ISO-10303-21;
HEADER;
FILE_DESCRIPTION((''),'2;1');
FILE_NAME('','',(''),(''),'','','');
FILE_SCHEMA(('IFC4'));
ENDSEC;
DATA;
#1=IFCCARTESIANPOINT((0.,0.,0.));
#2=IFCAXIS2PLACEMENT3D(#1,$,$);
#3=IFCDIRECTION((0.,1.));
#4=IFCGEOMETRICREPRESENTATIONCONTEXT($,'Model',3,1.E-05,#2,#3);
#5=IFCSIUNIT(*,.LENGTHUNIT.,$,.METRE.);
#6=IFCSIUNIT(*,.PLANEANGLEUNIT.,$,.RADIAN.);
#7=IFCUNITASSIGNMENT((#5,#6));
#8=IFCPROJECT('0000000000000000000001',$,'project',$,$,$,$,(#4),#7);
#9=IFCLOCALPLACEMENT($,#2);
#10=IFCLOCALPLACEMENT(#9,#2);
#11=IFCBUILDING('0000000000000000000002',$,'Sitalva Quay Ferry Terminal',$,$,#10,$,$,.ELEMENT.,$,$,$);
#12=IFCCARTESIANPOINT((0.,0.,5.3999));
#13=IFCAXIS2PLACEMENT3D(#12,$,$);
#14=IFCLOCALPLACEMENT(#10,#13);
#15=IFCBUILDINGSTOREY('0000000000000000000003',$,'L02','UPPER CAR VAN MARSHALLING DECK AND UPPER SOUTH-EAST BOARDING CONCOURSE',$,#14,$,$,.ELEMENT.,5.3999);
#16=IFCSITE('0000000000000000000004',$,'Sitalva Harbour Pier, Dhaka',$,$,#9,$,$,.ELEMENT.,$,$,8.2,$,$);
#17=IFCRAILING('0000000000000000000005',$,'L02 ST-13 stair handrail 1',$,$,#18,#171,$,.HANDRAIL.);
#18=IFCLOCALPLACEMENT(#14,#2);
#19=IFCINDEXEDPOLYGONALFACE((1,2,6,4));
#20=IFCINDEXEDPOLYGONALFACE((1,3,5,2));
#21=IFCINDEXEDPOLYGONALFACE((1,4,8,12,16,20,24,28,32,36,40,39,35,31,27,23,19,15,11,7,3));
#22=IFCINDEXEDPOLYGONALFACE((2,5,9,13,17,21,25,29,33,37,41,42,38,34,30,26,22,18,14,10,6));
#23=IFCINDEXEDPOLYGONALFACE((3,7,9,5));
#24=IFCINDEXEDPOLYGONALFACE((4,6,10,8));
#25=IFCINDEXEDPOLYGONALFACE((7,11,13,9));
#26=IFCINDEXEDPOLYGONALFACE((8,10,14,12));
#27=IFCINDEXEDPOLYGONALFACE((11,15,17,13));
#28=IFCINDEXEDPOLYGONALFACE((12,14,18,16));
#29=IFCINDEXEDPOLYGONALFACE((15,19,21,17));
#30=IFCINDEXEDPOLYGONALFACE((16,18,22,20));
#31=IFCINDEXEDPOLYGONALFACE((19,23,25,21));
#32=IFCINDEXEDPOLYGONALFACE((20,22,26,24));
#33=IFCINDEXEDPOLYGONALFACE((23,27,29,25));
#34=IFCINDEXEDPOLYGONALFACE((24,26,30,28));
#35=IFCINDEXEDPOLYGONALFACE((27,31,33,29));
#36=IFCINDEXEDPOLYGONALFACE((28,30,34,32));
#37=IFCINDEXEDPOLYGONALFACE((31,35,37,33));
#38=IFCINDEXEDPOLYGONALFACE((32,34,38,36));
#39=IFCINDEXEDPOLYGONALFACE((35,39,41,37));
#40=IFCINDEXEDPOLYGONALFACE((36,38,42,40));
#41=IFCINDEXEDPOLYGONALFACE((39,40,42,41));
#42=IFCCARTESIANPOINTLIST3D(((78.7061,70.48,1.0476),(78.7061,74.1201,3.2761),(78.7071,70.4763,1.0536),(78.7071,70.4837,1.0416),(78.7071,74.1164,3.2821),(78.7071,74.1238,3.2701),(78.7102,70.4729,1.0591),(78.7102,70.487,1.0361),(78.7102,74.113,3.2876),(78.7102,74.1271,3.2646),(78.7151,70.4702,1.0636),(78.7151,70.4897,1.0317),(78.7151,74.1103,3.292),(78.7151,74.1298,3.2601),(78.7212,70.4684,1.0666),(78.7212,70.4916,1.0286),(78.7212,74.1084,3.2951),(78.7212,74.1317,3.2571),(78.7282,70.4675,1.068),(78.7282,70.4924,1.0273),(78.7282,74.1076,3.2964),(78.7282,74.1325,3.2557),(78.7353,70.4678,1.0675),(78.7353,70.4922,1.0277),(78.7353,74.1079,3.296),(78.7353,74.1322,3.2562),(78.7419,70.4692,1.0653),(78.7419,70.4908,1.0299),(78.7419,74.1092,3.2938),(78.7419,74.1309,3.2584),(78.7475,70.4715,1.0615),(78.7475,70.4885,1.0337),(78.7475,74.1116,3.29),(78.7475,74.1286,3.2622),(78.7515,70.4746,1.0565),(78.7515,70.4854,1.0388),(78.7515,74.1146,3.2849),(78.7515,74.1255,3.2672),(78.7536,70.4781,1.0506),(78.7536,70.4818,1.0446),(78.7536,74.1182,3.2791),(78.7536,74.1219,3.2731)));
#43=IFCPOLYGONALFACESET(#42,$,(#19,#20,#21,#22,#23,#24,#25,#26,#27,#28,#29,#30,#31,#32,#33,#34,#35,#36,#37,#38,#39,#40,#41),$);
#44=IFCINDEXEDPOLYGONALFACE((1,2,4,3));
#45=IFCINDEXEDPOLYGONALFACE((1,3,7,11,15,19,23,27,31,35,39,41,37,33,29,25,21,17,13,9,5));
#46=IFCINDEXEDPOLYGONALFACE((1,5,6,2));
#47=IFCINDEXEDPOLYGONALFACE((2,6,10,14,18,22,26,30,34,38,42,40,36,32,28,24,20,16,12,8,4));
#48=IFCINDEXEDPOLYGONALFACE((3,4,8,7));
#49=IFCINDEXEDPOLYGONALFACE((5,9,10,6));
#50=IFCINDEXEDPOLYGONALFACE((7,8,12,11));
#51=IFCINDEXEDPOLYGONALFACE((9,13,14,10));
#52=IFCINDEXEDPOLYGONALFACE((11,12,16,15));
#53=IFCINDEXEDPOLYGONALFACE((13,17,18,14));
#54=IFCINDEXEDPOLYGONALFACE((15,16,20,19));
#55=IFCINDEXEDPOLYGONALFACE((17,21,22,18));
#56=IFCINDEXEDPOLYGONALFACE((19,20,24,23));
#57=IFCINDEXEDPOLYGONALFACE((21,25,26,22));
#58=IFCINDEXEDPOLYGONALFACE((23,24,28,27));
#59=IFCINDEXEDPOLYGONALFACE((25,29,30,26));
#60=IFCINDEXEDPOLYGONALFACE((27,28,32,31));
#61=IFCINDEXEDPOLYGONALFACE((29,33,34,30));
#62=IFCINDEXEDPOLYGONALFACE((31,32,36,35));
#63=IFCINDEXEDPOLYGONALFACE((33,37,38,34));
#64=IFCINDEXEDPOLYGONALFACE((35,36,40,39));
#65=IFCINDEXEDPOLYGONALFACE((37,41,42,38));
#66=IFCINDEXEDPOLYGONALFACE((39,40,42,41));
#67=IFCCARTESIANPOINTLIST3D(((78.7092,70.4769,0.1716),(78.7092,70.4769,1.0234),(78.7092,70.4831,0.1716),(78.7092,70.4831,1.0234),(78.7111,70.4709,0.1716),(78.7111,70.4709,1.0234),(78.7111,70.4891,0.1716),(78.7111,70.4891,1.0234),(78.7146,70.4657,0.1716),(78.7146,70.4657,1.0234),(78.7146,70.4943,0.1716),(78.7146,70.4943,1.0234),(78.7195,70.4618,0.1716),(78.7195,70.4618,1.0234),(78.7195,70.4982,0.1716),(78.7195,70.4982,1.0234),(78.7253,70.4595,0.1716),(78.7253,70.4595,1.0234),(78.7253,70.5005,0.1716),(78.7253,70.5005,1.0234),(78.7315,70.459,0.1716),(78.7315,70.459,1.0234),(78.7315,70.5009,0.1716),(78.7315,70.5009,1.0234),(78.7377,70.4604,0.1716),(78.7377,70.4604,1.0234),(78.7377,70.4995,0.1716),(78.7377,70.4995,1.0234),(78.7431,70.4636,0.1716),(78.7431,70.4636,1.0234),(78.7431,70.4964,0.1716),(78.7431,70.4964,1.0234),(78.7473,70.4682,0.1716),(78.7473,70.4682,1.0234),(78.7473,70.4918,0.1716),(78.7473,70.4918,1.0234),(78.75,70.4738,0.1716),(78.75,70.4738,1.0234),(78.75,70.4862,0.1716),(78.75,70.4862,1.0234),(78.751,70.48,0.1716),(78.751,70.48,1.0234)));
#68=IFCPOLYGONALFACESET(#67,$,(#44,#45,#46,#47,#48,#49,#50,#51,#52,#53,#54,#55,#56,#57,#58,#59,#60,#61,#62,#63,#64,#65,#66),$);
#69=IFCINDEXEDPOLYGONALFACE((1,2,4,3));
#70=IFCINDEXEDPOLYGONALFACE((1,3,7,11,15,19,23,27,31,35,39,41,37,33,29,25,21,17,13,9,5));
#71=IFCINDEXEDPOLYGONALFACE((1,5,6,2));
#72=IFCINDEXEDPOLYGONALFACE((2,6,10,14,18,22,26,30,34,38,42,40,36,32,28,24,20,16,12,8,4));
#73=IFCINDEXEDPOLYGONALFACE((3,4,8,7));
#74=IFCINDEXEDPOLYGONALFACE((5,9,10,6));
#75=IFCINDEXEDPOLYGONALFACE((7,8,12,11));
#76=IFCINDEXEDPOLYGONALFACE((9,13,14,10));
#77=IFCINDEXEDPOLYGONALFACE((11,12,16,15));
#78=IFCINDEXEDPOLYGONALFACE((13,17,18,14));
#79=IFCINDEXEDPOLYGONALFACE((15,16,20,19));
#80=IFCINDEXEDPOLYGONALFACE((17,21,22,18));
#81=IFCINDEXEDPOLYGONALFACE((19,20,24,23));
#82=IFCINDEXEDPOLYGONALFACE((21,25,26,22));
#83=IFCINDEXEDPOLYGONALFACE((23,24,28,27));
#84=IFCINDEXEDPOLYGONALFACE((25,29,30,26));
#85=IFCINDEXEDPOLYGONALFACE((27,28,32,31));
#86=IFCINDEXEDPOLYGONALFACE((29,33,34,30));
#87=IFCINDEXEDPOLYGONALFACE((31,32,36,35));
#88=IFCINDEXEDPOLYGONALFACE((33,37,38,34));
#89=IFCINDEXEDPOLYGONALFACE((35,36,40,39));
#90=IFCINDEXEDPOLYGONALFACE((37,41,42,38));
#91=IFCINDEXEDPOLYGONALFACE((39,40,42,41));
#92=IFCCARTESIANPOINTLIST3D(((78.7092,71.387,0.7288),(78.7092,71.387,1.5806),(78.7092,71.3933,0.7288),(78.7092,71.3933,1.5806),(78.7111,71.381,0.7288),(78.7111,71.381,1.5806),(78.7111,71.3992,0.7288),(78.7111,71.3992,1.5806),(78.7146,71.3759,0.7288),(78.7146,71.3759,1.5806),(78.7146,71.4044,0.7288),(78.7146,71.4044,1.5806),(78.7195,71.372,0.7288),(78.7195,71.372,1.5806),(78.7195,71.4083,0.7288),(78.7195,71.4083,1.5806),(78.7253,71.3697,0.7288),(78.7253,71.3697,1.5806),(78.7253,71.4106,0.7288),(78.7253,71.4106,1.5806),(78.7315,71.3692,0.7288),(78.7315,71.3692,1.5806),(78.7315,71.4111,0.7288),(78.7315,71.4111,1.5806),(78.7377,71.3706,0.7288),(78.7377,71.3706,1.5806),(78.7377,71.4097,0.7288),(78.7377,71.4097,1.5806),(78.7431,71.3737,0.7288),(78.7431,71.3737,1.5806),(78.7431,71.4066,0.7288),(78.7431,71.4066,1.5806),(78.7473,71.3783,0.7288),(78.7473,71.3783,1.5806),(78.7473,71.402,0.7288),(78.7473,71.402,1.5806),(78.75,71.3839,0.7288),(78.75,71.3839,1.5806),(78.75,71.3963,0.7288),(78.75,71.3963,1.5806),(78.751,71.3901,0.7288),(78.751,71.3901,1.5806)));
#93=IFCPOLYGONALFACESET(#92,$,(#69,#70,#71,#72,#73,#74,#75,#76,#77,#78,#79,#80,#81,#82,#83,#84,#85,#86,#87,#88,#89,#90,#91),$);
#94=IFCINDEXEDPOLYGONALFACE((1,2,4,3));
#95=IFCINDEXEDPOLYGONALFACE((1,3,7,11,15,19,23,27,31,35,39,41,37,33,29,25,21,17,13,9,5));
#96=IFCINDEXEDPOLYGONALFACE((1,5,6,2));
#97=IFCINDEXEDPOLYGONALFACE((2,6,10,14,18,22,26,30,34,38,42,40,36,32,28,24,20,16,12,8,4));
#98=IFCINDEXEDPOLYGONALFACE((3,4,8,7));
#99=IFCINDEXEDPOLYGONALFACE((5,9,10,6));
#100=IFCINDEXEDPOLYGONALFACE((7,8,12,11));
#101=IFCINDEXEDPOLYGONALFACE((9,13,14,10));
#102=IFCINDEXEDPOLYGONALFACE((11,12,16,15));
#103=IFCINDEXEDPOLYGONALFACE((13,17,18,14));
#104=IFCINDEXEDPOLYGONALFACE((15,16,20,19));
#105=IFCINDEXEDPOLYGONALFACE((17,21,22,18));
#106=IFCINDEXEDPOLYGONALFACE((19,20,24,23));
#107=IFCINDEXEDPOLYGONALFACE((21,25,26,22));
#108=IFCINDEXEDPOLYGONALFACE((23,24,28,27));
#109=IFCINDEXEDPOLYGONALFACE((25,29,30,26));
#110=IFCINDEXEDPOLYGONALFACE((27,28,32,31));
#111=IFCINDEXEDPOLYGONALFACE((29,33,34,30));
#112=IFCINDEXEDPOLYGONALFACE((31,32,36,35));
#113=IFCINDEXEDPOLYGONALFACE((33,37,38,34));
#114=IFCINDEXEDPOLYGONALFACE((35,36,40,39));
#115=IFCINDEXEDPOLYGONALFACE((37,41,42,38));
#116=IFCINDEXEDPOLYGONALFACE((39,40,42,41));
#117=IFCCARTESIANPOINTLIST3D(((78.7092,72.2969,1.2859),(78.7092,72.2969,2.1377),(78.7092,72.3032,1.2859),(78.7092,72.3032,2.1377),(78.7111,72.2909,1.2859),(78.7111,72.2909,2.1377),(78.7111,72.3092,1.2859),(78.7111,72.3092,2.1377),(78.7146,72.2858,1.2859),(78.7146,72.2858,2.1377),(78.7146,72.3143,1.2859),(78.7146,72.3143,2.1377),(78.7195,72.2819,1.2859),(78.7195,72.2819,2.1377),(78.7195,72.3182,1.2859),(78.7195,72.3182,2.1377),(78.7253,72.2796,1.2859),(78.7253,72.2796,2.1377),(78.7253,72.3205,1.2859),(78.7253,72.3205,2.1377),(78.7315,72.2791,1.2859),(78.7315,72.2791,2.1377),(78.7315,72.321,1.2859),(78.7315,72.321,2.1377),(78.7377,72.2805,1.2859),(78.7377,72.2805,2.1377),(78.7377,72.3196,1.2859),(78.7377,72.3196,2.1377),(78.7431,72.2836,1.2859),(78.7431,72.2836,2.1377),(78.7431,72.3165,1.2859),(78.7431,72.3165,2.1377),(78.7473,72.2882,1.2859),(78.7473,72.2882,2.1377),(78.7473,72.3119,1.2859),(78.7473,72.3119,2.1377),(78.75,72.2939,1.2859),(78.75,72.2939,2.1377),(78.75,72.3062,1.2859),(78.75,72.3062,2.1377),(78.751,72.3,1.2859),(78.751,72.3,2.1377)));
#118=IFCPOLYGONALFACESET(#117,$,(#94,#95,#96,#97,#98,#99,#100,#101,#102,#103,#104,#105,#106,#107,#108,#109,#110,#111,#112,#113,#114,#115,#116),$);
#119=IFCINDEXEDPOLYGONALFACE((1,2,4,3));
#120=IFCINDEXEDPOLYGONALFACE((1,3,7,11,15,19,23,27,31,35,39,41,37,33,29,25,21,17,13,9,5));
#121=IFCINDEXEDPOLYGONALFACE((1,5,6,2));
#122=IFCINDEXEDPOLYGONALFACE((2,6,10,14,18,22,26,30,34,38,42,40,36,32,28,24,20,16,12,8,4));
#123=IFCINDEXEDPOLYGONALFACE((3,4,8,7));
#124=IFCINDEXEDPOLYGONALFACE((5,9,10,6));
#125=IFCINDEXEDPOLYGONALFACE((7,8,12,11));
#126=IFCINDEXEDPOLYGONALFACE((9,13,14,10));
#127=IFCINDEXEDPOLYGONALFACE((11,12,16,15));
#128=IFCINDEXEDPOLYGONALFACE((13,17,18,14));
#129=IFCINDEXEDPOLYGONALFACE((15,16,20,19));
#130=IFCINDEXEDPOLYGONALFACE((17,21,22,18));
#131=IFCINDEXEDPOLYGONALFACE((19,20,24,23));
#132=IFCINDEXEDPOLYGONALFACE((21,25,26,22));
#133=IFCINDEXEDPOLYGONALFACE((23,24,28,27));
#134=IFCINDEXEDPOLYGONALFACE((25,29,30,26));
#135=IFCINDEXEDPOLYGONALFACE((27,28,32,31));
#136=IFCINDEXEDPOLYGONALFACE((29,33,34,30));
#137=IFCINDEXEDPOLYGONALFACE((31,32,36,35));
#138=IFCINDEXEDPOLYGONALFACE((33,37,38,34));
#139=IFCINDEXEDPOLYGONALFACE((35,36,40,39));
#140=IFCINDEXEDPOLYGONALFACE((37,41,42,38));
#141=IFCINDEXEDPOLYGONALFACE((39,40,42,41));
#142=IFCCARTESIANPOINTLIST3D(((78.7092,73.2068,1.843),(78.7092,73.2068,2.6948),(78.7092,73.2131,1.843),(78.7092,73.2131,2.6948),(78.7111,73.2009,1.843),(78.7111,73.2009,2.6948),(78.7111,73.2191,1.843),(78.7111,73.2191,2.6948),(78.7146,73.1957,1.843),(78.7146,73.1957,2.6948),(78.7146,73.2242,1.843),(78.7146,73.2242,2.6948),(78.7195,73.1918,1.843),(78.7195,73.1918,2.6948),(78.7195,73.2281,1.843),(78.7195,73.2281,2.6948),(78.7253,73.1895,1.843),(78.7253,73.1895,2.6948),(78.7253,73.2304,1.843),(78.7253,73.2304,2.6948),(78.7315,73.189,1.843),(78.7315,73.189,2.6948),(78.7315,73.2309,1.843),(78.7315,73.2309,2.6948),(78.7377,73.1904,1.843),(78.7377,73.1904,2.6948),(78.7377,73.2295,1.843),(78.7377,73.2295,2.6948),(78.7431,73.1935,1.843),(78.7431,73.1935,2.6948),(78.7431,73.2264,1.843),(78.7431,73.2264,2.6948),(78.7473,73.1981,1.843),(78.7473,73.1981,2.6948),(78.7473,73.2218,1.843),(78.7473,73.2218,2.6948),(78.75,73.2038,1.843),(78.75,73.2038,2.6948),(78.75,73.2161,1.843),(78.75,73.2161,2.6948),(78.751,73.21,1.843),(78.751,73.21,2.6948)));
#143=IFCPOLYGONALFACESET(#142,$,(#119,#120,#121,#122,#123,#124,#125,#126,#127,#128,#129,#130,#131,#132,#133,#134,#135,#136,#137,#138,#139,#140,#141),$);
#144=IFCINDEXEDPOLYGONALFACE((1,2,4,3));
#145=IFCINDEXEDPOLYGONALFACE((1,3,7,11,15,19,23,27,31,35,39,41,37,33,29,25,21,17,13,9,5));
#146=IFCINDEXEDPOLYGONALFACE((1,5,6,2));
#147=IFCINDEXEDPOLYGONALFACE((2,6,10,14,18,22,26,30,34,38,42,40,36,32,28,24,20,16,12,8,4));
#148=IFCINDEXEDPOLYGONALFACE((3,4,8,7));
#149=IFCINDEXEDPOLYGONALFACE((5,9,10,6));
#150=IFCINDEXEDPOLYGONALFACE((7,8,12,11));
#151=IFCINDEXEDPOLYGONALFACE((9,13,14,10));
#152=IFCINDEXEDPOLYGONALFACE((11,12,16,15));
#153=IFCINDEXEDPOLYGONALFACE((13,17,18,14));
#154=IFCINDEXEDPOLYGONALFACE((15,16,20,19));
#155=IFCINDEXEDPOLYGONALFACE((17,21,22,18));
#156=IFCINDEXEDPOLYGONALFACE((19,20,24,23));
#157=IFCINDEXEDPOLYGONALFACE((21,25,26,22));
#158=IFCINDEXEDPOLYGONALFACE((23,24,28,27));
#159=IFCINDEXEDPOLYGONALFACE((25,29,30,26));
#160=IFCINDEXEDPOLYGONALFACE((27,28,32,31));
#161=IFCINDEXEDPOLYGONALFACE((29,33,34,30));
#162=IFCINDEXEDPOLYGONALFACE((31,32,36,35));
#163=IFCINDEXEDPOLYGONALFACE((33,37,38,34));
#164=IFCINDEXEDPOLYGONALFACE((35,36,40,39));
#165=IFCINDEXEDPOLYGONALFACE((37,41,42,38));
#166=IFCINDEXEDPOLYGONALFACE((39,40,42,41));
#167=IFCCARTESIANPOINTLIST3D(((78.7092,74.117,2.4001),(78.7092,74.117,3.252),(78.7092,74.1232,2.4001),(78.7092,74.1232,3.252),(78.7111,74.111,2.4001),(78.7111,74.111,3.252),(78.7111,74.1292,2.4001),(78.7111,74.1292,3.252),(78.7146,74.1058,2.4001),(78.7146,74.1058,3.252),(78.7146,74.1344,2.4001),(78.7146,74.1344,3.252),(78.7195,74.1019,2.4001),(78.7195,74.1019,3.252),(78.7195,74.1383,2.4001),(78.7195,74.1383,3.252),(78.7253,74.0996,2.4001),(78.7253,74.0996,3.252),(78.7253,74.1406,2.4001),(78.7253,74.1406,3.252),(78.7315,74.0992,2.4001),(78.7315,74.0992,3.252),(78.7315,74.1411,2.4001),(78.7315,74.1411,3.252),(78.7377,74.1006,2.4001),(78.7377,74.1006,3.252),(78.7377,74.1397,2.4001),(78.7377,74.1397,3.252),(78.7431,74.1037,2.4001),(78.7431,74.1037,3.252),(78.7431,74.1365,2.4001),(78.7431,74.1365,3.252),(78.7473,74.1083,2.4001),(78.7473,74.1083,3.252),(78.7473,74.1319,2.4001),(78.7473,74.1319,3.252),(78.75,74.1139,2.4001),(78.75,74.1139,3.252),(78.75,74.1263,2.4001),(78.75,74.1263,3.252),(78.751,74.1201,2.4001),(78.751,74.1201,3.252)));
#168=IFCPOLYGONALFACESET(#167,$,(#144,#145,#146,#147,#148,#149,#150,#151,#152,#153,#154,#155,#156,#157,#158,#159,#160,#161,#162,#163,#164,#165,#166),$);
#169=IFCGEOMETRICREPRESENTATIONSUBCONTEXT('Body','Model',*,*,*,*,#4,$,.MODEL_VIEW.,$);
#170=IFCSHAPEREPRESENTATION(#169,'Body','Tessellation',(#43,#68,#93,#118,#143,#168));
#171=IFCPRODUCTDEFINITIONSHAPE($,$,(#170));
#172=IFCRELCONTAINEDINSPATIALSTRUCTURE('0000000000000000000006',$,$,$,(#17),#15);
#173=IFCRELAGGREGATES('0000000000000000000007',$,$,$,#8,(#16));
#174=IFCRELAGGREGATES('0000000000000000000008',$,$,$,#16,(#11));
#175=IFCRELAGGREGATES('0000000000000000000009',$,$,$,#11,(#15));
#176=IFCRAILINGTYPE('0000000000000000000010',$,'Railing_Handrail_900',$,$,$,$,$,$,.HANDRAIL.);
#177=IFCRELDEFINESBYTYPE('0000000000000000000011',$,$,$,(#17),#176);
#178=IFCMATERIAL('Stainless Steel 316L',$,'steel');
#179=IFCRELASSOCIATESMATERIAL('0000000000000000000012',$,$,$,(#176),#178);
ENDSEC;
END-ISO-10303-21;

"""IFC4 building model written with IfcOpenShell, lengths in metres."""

from ifc_helpers import new_model, si_unit, direction, frame, origin, origin_2d, place, context, subcontext, project, spatial, circle, extrude, material, type_object, element, save


model = new_model("IFC4")

# Units and contexts
model_context = context("Model", 3, precision=1e-05, world=origin(), true_north=direction((0.0, 1.0)))
body_context = subcontext(model_context, "Body", "Model", "MODEL_VIEW")
ifc_project = project(units=[si_unit("LENGTHUNIT", "METRE"), si_unit("PLANEANGLEUNIT", "RADIAN")], contexts=[model_context])

# Site, building, storey
site_placement = place(None, origin())
site = spatial("IfcSite", under=ifc_project, at=site_placement, Name="Sitalva Harbour Pier, Dhaka", CompositionType="ELEMENT", RefElevation=8.2)
building_placement = place(site_placement, origin())
building = spatial("IfcBuilding", under=site, at=building_placement, Name="Sitalva Quay Ferry Terminal", CompositionType="ELEMENT")
storey_placement = place(building_placement, frame((0.0, 0.0, 5.3999)))
storey = spatial("IfcBuildingStorey", under=building, at=storey_placement, Name="L02", Description="UPPER CAR VAN MARSHALLING DECK AND UPPER SOUTH-EAST BOARDING CONCOURSE", CompositionType="ELEMENT", Elevation=5.3999)

# Railing
ifc_material_1 = material(Name="Stainless Steel 316L", Category="steel")
railing_type_1 = type_object("IfcRailingType", Name="Railing_Handrail_900", PredefinedType="HANDRAIL", material=ifc_material_1)
railing_1_placement = place(storey_placement, frame((78.73, 70.48, 0.1716)))
element("IfcRailing", 1, at=railing_1_placement, inside=storey, type_object=railing_type_1, Name="L02 ST-13 stair handrail 1", PredefinedType="HANDRAIL", context=body_context, shape_type="SweptSolid", body=[
    extrude(circle(Radius=0.0239, at=origin_2d()), frame((0.0, 0.0, 0.876), z_axis=(0.0, 0.852866, 0.52213), x_axis=(-1.0, 0.0, 0.0)), (0.0, 0.0, 1.0), 4.2681),
    extrude(circle(Radius=0.021, at=origin_2d()), origin(), (0.0, 0.0, 1.0), 0.8518),
    extrude(circle(Radius=0.021, at=origin_2d()), frame((0.0, 0.9102, 0.5571)), (0.0, 0.0, 1.0), 0.8518),
    extrude(circle(Radius=0.021, at=origin_2d()), frame((0.0, 1.8201, 1.1143)), (0.0, 0.0, 1.0), 0.8518),
    extrude(circle(Radius=0.021, at=origin_2d()), frame((0.0, 2.73, 1.6714)), (0.0, 0.0, 1.0), 0.8518),
    extrude(circle(Radius=0.021, at=origin_2d()), frame((0.0, 3.6401, 2.2285)), (0.0, 0.0, 1.0), 0.8518),
])

save(model, "model.ifc")
